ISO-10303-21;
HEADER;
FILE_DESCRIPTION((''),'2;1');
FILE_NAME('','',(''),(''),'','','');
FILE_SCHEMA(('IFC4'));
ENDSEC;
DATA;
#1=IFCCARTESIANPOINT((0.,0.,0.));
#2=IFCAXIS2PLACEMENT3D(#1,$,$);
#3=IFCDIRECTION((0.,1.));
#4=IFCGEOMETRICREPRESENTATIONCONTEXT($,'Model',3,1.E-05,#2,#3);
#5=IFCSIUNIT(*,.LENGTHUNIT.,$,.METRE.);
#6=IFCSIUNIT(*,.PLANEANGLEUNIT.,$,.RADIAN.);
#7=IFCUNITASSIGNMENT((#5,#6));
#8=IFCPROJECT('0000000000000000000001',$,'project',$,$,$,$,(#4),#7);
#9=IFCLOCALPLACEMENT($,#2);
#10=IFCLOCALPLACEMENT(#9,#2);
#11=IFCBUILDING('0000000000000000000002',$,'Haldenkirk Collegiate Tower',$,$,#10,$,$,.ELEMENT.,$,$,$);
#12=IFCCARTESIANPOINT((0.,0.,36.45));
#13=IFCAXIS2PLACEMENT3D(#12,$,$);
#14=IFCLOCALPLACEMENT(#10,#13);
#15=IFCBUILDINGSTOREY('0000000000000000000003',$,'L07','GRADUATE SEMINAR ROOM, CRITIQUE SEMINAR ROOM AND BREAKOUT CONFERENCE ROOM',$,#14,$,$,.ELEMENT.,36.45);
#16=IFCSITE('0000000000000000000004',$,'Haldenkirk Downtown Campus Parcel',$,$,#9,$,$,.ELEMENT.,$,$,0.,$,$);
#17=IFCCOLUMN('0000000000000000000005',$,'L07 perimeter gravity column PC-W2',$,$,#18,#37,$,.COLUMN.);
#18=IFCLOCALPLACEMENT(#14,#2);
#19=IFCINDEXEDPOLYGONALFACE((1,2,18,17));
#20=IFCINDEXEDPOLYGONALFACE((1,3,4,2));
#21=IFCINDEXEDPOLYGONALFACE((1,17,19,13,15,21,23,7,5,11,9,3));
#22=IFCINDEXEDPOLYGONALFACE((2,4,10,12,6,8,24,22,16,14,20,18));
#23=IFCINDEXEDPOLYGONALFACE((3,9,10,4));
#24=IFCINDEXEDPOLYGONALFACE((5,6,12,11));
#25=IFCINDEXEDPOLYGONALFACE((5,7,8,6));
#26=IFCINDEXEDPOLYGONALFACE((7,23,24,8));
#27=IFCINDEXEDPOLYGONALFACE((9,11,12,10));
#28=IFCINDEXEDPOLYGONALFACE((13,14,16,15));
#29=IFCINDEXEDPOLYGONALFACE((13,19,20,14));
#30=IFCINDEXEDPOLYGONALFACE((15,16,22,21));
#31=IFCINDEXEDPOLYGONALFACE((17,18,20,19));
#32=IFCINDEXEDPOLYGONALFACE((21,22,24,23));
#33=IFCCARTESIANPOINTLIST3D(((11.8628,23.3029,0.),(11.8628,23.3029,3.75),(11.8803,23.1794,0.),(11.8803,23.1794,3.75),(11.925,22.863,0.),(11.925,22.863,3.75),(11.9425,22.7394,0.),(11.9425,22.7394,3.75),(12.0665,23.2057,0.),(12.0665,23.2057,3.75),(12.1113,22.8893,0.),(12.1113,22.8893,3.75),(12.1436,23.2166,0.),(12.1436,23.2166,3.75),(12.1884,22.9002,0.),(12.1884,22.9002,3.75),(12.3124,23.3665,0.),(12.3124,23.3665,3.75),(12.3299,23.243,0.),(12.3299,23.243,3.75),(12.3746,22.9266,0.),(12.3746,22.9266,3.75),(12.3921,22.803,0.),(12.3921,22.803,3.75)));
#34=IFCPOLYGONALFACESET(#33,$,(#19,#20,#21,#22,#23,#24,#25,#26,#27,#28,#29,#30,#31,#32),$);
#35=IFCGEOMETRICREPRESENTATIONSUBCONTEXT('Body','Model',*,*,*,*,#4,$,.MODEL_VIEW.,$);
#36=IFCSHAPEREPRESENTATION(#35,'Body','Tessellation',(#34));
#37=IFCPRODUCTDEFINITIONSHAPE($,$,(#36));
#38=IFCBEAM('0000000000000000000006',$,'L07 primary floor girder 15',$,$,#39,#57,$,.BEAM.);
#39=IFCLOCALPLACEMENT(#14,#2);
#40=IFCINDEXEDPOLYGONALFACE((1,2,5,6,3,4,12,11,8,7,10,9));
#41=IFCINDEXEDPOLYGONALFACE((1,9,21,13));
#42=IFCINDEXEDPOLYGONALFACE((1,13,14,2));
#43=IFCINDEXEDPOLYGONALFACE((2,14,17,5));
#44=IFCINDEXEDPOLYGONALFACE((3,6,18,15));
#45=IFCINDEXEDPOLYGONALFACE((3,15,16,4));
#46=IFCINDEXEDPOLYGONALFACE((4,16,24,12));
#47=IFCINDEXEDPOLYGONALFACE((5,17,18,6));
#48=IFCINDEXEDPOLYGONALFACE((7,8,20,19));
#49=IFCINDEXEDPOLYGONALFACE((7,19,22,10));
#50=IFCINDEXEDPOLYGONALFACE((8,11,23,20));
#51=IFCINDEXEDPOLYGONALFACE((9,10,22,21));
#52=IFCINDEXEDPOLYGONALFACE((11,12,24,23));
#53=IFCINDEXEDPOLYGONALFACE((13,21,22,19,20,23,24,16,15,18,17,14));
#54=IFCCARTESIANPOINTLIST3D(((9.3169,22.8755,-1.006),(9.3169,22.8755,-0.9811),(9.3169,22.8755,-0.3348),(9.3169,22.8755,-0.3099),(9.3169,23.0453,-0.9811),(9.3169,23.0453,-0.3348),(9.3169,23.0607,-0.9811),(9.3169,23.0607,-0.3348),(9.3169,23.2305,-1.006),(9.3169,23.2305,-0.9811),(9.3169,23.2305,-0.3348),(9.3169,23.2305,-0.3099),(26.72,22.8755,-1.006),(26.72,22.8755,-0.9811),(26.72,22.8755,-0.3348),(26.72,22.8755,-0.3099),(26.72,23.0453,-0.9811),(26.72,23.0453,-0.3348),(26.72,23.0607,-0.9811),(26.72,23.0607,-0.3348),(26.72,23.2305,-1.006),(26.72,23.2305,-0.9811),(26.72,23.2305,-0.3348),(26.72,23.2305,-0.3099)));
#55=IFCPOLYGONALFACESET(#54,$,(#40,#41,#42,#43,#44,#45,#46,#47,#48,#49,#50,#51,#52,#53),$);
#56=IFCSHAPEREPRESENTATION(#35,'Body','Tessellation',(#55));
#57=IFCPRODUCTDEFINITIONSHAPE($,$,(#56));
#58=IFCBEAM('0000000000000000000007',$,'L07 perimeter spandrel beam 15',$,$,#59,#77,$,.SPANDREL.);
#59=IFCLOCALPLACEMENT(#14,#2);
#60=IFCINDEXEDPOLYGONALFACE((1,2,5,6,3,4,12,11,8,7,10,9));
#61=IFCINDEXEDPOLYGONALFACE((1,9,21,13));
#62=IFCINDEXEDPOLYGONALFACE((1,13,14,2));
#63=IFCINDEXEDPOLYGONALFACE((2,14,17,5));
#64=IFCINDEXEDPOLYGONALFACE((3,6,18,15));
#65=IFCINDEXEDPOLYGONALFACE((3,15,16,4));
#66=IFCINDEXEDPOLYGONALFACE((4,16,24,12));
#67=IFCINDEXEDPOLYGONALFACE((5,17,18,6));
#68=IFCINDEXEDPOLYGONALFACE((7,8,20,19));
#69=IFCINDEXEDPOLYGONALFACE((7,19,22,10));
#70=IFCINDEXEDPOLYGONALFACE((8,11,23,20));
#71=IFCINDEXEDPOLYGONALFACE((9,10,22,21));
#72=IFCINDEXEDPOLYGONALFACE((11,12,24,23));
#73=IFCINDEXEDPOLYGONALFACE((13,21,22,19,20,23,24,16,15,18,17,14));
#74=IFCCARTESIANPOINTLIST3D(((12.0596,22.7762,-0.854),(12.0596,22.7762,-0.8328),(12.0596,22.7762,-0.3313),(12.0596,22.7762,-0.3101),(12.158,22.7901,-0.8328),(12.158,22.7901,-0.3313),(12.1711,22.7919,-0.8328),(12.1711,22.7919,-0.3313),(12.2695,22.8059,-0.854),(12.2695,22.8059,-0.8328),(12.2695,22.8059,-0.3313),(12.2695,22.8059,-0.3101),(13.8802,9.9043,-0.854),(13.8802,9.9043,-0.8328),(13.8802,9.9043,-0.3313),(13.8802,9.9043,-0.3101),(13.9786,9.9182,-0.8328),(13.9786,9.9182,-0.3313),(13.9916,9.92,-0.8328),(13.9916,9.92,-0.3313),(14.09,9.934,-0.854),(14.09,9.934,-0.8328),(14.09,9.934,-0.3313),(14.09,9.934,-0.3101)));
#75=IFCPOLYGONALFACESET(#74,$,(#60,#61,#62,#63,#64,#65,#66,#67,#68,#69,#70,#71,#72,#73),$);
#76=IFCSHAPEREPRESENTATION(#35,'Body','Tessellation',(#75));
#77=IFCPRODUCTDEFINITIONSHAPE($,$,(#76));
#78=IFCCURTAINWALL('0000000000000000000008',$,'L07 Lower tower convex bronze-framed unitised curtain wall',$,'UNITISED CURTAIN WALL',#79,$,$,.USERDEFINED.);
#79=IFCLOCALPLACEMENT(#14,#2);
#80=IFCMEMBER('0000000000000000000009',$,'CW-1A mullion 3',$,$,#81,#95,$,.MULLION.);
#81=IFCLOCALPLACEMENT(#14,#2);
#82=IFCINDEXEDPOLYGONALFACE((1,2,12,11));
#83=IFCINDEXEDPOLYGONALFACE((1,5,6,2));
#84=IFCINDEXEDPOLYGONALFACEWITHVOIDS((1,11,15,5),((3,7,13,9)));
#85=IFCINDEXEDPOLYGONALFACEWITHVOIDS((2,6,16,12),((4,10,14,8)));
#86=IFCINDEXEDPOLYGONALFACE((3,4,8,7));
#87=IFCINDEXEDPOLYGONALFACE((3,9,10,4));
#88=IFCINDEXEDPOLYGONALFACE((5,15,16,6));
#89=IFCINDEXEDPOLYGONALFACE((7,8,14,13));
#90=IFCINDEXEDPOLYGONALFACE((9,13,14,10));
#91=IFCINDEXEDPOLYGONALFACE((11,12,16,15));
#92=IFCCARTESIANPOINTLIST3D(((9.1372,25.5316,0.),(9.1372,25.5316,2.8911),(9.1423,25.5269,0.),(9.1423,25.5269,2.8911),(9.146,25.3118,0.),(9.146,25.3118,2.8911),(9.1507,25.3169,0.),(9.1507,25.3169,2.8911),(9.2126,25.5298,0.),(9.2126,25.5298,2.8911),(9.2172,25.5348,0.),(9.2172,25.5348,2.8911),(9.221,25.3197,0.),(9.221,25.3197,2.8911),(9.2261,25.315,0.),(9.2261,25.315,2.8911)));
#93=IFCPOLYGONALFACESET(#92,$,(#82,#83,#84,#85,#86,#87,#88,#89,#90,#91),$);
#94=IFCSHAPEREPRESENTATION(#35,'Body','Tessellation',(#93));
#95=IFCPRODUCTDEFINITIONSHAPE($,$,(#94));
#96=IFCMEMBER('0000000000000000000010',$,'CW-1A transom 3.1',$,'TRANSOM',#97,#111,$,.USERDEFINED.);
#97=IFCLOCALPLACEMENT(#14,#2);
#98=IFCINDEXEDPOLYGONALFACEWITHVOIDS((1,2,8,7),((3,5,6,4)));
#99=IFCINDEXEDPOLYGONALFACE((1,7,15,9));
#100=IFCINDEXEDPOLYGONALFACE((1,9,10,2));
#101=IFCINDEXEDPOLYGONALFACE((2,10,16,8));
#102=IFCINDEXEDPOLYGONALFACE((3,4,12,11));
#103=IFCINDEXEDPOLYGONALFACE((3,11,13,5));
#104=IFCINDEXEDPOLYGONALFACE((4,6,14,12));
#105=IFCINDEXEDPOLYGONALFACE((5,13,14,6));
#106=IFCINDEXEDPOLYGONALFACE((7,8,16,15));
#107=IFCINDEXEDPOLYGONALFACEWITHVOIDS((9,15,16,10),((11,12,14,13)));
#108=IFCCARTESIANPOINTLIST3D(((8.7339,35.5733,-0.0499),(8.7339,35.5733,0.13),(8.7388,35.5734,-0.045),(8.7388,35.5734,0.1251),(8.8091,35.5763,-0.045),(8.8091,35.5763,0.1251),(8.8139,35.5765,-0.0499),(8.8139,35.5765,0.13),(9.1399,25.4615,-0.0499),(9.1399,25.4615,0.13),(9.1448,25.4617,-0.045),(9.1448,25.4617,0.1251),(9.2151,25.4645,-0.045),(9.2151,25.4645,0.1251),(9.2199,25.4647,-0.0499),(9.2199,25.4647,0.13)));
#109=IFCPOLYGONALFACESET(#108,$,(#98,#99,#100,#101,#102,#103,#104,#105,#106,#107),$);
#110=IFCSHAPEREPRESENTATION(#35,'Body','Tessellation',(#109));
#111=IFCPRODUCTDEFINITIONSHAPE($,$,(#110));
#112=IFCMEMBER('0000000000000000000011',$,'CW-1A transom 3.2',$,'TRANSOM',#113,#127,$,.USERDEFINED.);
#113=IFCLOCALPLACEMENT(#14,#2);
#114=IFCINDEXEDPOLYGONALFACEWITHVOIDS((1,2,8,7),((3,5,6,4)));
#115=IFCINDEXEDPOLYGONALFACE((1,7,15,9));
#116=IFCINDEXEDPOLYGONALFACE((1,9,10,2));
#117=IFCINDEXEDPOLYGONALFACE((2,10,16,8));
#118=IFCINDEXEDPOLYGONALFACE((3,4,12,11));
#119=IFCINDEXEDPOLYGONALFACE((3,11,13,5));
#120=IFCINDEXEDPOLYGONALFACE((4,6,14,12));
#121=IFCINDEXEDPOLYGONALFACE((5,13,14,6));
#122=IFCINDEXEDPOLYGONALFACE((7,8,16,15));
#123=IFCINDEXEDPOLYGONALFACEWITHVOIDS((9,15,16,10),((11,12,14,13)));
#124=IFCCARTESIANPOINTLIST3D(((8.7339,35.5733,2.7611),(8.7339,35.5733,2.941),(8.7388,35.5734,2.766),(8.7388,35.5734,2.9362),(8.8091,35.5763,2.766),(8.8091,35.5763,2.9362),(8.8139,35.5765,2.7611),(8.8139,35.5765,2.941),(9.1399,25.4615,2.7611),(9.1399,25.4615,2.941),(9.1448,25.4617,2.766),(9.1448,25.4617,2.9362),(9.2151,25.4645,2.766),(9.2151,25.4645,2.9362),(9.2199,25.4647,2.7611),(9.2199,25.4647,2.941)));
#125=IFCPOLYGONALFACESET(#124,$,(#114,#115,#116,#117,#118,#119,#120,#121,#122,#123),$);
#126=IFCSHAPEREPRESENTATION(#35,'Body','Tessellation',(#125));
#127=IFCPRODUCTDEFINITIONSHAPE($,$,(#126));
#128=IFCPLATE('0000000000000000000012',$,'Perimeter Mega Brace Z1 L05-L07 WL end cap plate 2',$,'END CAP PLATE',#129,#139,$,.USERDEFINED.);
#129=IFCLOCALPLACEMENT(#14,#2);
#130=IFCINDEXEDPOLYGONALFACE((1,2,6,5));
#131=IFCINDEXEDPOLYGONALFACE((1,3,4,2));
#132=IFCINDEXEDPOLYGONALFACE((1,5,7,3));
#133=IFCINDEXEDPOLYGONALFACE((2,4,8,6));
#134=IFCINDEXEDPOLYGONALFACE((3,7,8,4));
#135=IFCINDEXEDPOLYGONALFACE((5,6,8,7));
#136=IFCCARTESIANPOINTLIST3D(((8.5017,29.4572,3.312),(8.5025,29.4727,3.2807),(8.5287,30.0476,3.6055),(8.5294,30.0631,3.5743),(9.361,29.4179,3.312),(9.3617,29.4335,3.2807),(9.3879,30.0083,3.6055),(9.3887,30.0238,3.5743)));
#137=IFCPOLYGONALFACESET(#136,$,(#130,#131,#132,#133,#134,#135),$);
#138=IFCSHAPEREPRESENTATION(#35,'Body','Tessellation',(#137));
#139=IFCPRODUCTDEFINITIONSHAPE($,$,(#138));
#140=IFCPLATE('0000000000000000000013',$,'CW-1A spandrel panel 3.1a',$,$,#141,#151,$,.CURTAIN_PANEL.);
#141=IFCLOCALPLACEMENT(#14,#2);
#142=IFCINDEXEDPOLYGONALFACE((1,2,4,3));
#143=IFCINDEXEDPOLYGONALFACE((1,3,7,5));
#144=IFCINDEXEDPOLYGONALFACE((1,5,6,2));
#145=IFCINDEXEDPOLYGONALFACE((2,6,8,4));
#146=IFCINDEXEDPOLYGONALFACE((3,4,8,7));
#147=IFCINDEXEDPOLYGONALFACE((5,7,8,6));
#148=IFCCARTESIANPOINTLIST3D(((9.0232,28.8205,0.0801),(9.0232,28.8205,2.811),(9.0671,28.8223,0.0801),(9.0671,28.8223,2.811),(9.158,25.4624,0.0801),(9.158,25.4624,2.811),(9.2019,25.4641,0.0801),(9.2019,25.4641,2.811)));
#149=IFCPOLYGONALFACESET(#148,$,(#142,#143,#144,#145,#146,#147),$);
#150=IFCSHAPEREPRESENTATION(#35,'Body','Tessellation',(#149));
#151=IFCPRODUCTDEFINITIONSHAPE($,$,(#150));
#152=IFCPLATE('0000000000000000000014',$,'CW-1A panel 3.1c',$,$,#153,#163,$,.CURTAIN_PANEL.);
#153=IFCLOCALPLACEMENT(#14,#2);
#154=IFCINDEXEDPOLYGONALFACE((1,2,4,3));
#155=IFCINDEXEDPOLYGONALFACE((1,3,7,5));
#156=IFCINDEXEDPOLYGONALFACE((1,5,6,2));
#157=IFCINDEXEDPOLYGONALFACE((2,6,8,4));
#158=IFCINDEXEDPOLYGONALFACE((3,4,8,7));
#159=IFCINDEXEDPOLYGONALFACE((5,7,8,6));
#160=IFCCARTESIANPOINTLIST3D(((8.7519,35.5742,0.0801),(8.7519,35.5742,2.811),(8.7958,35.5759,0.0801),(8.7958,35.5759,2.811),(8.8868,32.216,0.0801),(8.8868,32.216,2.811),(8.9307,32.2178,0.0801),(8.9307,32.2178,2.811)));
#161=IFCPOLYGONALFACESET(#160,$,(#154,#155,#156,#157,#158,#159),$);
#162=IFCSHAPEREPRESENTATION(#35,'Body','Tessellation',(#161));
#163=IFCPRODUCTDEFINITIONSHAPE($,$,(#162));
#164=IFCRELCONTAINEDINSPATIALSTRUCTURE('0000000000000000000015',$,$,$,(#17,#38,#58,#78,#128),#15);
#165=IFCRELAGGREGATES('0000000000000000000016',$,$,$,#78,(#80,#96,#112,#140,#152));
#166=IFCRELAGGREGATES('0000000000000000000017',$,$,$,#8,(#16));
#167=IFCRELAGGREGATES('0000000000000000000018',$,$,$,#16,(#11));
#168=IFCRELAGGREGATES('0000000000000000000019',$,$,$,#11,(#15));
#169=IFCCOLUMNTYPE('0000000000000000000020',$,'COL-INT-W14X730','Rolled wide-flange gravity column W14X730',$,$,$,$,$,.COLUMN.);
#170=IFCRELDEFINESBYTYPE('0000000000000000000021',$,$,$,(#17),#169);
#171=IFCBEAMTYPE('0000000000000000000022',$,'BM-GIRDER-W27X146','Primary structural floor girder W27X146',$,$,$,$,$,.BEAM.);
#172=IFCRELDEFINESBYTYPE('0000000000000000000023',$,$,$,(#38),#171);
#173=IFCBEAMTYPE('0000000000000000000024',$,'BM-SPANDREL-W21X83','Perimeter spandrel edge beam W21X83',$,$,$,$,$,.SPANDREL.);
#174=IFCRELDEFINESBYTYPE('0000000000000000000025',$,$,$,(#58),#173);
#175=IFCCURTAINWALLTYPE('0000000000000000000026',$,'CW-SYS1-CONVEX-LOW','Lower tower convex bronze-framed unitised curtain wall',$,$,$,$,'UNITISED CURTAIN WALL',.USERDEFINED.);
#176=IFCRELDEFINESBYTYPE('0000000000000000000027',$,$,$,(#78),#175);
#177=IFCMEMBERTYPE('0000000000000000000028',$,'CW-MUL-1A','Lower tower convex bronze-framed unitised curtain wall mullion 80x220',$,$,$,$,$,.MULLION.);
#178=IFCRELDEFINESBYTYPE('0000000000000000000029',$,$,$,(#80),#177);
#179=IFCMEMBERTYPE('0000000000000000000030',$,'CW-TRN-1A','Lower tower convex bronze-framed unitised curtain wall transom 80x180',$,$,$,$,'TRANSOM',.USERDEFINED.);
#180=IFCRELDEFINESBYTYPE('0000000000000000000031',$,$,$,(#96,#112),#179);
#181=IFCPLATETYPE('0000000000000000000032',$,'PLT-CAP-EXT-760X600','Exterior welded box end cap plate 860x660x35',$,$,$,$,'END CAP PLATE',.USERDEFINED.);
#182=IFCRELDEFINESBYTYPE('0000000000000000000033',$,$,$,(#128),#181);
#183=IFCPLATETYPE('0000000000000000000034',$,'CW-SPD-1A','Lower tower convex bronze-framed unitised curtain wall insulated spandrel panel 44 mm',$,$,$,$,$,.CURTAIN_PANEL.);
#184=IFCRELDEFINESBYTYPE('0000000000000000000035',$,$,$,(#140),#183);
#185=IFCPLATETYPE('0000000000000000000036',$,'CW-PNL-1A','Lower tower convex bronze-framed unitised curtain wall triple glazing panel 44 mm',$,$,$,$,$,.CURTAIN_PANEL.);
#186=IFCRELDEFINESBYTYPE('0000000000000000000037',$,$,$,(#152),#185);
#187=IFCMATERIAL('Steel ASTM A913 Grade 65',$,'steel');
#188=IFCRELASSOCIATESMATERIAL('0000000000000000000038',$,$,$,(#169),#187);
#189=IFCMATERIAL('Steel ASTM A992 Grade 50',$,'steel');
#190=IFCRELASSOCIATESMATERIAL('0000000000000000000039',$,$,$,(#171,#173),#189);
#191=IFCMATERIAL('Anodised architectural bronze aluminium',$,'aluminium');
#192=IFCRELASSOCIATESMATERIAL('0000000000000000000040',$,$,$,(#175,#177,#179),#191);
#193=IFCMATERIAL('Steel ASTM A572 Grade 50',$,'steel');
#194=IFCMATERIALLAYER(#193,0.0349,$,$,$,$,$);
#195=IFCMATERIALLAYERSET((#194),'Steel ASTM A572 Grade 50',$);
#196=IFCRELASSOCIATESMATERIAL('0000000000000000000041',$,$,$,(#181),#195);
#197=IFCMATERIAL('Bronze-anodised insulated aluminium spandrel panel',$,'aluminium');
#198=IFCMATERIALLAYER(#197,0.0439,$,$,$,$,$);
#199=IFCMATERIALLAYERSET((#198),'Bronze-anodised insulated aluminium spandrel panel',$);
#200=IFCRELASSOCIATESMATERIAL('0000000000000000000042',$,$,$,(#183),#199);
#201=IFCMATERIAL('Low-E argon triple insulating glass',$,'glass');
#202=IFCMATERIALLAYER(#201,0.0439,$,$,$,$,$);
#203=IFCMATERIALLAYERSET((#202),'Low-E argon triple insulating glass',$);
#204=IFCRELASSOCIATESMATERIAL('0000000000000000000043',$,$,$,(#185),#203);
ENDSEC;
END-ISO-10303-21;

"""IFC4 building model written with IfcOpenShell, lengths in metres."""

from ifc_helpers import new_model, si_unit, direction, frame, origin, origin_2d, place, context, subcontext, project, spatial, rectangle, hollow_rectangle, i_section, extrude, source, transform, mapped, material, layer, layer_set, material_profile, profile_set, type_object, element, aggregate, save


model = new_model("IFC4")

# Units and contexts
model_context = context("Model", 3, precision=1e-05, world=origin(), true_north=direction((0.0, 1.0)))
body_context = subcontext(model_context, "Body", "Model", "MODEL_VIEW")
ifc_project = project(units=[si_unit("LENGTHUNIT", "METRE"), si_unit("PLANEANGLEUNIT", "RADIAN")], contexts=[model_context])

# Site, building, storey
site_placement = place(None, origin())
site = spatial("IfcSite", under=ifc_project, at=site_placement, Name="Haldenkirk Downtown Campus Parcel", CompositionType="ELEMENT", RefElevation=0.0)
building_placement = place(site_placement, origin())
building = spatial("IfcBuilding", under=site, at=building_placement, Name="Haldenkirk Collegiate Tower", CompositionType="ELEMENT")
storey_placement = place(building_placement, frame((0.0, 0.0, 36.45)))
storey = spatial("IfcBuildingStorey", under=building, at=storey_placement, Name="L07", Description="GRADUATE SEMINAR ROOM, CRITIQUE SEMINAR ROOM AND BREAKOUT CONFERENCE ROOM", CompositionType="ELEMENT", Elevation=36.45)

# Column
ifc_material_1 = material(Name="Steel ASTM A913 Grade 65", Category="steel")
ifc_material_profile_1 = material_profile(ifc_material_1, i_section(OverallWidth=0.4541, OverallDepth=0.5691, WebThickness=0.0779, FlangeThickness=0.1248, at=origin_2d()), Name="W14X730")
ifc_profile_set_1 = profile_set([ifc_material_profile_1], Name="Steel ASTM A913 Grade 65")
column_type = type_object("IfcColumnType", Name="COL-INT-W14X730", Description="Rolled wide-flange gravity column W14X730", PredefinedType="COLUMN", material=ifc_profile_set_1)
column_placement = place(storey_placement, frame((12.1274, 23.053, 0.0), z_axis=(0.0, 0.0, 1.0), x_axis=(0.990146, 0.140037, 0.0)))
element("IfcColumn", 1, at=column_placement, inside=storey, type_object=column_type, Name="L07 perimeter gravity column PC-W2", PredefinedType="COLUMN", context=body_context, shape_type="SweptSolid", body=[
    extrude(i_section(OverallWidth=0.4541, OverallDepth=0.5691, WebThickness=0.0779, FlangeThickness=0.1248, at=origin_2d()), origin(), (0.0, 0.0, 1.0), 3.75),
])

# Beams
ifc_material_2 = material(Name="Steel ASTM A992 Grade 50", Category="steel")
ifc_material_profile_2 = material_profile(ifc_material_2, i_section(OverallWidth=0.355, OverallDepth=0.696, WebThickness=0.0154, FlangeThickness=0.0249, at=origin_2d()), Name="W27X146")
ifc_profile_set_2 = profile_set([ifc_material_profile_2], Name="Steel ASTM A992 Grade 50")
beam_type_1 = type_object("IfcBeamType", Name="BM-GIRDER-W27X146", Description="Primary structural floor girder W27X146", PredefinedType="BEAM", material=ifc_profile_set_2)
beam_1_placement = place(storey_placement, frame((9.3169, 23.053, -0.658), z_axis=(1.0, 0.0, 0.0), x_axis=(0.0, 1.0, 0.0)))
element("IfcBeam", 2, at=beam_1_placement, inside=storey, type_object=beam_type_1, Name="L07 primary floor girder 15", PredefinedType="BEAM", context=body_context, shape_type="SweptSolid", body=[
    extrude(i_section(OverallWidth=0.355, OverallDepth=0.696, WebThickness=0.0154, FlangeThickness=0.0249, at=origin_2d()), origin(), (0.0, 0.0, 1.0), 17.4031),
])
ifc_material_profile_3 = material_profile(ifc_material_2, i_section(OverallWidth=0.2119, OverallDepth=0.5439, WebThickness=0.0132, FlangeThickness=0.0212, at=origin_2d()), Name="W21X83")
ifc_profile_set_3 = profile_set([ifc_material_profile_3], Name="Steel ASTM A992 Grade 50")
beam_type_2 = type_object("IfcBeamType", Name="BM-SPANDREL-W21X83", Description="Perimeter spandrel edge beam W21X83", PredefinedType="SPANDREL", material=ifc_profile_set_3)
beam_2_placement = place(storey_placement, frame((12.1646, 22.791, -0.582), z_axis=(0.140044, -0.990145, 0.0), x_axis=(0.990145, 0.140044, 0.0)))
element("IfcBeam", 3, at=beam_2_placement, inside=storey, type_object=beam_type_2, Name="L07 perimeter spandrel beam 15", PredefinedType="SPANDREL", context=body_context, shape_type="SweptSolid", body=[
    extrude(i_section(OverallWidth=0.2119, OverallDepth=0.5439, WebThickness=0.0132, FlangeThickness=0.0212, at=origin_2d()), origin(), (0.0, 0.0, 1.0), 13.0),
])

# Curtain wall, members
ifc_material_3 = material(Name="Anodised architectural bronze aluminium", Category="aluminium")
curtain_wall_type = type_object("IfcCurtainWallType", Name="CW-SYS1-CONVEX-LOW", Description="Lower tower convex bronze-framed unitised curtain wall", ElementType="UNITISED CURTAIN WALL", PredefinedType="USERDEFINED", material=ifc_material_3)
curtain_wall_placement = place(storey_placement, origin())
curtain_wall = element("IfcCurtainWall", 4, at=curtain_wall_placement, inside=storey, type_object=curtain_wall_type, Name="L07 Lower tower convex bronze-framed unitised curtain wall", ObjectType="UNITISED CURTAIN WALL", PredefinedType="USERDEFINED")
ifc_material_profile_4 = material_profile(ifc_material_3, hollow_rectangle(XDim=0.0801, YDim=0.22, WallThickness=0.0049, at=origin_2d()), Name="CW-MUL-1A")
ifc_profile_set_4 = profile_set([ifc_material_profile_4], Name="Anodised architectural bronze aluminium")
member_type_1 = type_object("IfcMemberType", Name="CW-MUL-1A", Description="Lower tower convex bronze-framed unitised curtain wall mullion 80x220", PredefinedType="MULLION", material=ifc_profile_set_4)
member_1_placement = place(storey_placement, frame((9.1816, 25.4233, 0.0), z_axis=(0.0, 0.0, 1.0), x_axis=(-0.999194, -0.040132, 0.0)))
member_1 = element("IfcMember", 5, at=member_1_placement, type_object=member_type_1, Name="CW-1A mullion 3", PredefinedType="MULLION", context=body_context, shape_type="SweptSolid", body=[
    extrude(hollow_rectangle(XDim=0.0801, YDim=0.22, WallThickness=0.0049, at=origin_2d()), origin(), (0.0, 0.0, 1.0), 2.8911),
])
ifc_material_profile_5 = material_profile(ifc_material_3, hollow_rectangle(XDim=0.0801, YDim=0.1799, WallThickness=0.0049, at=origin_2d()), Name="CW-TRN-1A")
ifc_profile_set_5 = profile_set([ifc_material_profile_5], Name="Anodised architectural bronze aluminium")
member_type_2 = type_object("IfcMemberType", Name="CW-TRN-1A", Description="Lower tower convex bronze-framed unitised curtain wall transom 80x180", ElementType="TRANSOM", PredefinedType="USERDEFINED", material=ifc_profile_set_5)
member_2_placement = place(storey_placement, frame((9.1799, 25.4631, 0.04), z_axis=(-0.040119, 0.999195, 0.0), x_axis=(-0.999195, -0.040119, 0.0)))
member_2 = element("IfcMember", 6, at=member_2_placement, type_object=member_type_2, Name="CW-1A transom 3.1", ObjectType="TRANSOM", PredefinedType="USERDEFINED", context=body_context, shape_type="SweptSolid", body=[
    extrude(hollow_rectangle(XDim=0.0801, YDim=0.1799, WallThickness=0.0049, at=origin_2d()), origin(), (0.0, 0.0, 1.0), 10.1199),
])
member_3_placement = place(storey_placement, frame((9.1799, 25.4631, 2.8511), z_axis=(-0.040119, 0.999195, 0.0), x_axis=(-0.999195, -0.040119, 0.0)))
member_3 = element("IfcMember", 7, at=member_3_placement, type_object=member_type_2, Name="CW-1A transom 3.2", ObjectType="TRANSOM", PredefinedType="USERDEFINED", context=body_context, shape_type="SweptSolid", body=[
    extrude(hollow_rectangle(XDim=0.0801, YDim=0.1799, WallThickness=0.0049, at=origin_2d()), origin(), (0.0, 0.0, 1.0), 10.1199),
])

# Plates
ifc_material_4 = material(Name="Steel ASTM A572 Grade 50", Category="steel")
ifc_layer_1 = layer(ifc_material_4, 0.0349)
ifc_layer_set_1 = layer_set([ifc_layer_1], Name="Steel ASTM A572 Grade 50")
plate_type_1 = type_object("IfcPlateType", Name="PLT-CAP-EXT-760X600", Description="Exterior welded box end cap plate 860x660x35", ElementType="END CAP PLATE", PredefinedType="USERDEFINED", material=ifc_layer_set_1)
shared_shape_1 = source(origin(), body_context, "Body", "SweptSolid", [
    extrude(rectangle(XDim=0.8601, YDim=0.6599, at=origin_2d()), origin(), (0.0, 0.0, 1.0), 0.0349),
])
plate_1_placement = place(storey_placement, frame((8.9456, 29.7483, 3.4275), z_axis=(-0.020317, -0.444419, 0.895589), x_axis=(0.998957, -0.045669, 0.0)))
element("IfcPlate", 8, at=plate_1_placement, inside=storey, type_object=plate_type_1, Name="Perimeter Mega Brace Z1 L05-L07 WL end cap plate 2", ObjectType="END CAP PLATE", PredefinedType="USERDEFINED", context=body_context, shape_type="MappedRepresentation", body=[
    mapped(shared_shape_1, transform((0.0, 0.0, 0.0), x_axis=(1.0, 0.0, 0.0), y_axis=(0.0, 1.0, 0.0), z_axis=(0.0, 0.0, 1.0), scale=1.0)),
])
ifc_material_5 = material(Name="Bronze-anodised insulated aluminium spandrel panel", Category="aluminium")
ifc_layer_2 = layer(ifc_material_5, 0.0439)
ifc_layer_set_2 = layer_set([ifc_layer_2], Name="Bronze-anodised insulated aluminium spandrel panel")
plate_type_2 = type_object("IfcPlateType", Name="CW-SPD-1A", Description="Lower tower convex bronze-framed unitised curtain wall insulated spandrel panel 44 mm", PredefinedType="CURTAIN_PANEL", material=ifc_layer_set_2)
shared_shape_2 = source(origin(), body_context, "Body", "SweptSolid", [
    extrude(rectangle(XDim=3.3608, YDim=0.0439, at=origin_2d()), origin(), (0.0, 0.0, 1.0), 2.731),
])
plate_2_placement = place(storey_placement, frame((9.1125, 27.1423, 0.0801), z_axis=(0.0, 0.0, 1.0), x_axis=(-0.040132, 0.999194, 0.0)))
plate_2 = element("IfcPlate", 9, at=plate_2_placement, type_object=plate_type_2, Name="CW-1A spandrel panel 3.1a", PredefinedType="CURTAIN_PANEL", context=body_context, shape_type="MappedRepresentation", body=[
    mapped(shared_shape_2, transform((0.0, 0.0, 0.0), x_axis=(1.0, 0.0, 0.0), y_axis=(0.0, 1.0, 0.0), z_axis=(0.0, 0.0, 1.0), scale=1.0)),
])
ifc_material_6 = material(Name="Low-E argon triple insulating glass", Category="glass")
ifc_layer_3 = layer(ifc_material_6, 0.0439)
ifc_layer_set_3 = layer_set([ifc_layer_3], Name="Low-E argon triple insulating glass")
plate_type_3 = type_object("IfcPlateType", Name="CW-PNL-1A", Description="Lower tower convex bronze-framed unitised curtain wall triple glazing panel 44 mm", PredefinedType="CURTAIN_PANEL", material=ifc_layer_set_3)
plate_3_placement = place(storey_placement, frame((8.8413, 33.896, 0.0801), z_axis=(0.0, 0.0, 1.0), x_axis=(-0.040132, 0.999194, 0.0)))
plate_3 = element("IfcPlate", 10, at=plate_3_placement, type_object=plate_type_3, Name="CW-1A panel 3.1c", PredefinedType="CURTAIN_PANEL", context=body_context, shape_type="MappedRepresentation", body=[
    mapped(shared_shape_2, transform((0.0, 0.0, 0.0), x_axis=(1.0, 0.0, 0.0), y_axis=(0.0, 1.0, 0.0), z_axis=(0.0, 0.0, 1.0), scale=1.0)),
])
aggregate(curtain_wall, [member_1, member_2, member_3, plate_2, plate_3])

save(model, "model.ifc")
